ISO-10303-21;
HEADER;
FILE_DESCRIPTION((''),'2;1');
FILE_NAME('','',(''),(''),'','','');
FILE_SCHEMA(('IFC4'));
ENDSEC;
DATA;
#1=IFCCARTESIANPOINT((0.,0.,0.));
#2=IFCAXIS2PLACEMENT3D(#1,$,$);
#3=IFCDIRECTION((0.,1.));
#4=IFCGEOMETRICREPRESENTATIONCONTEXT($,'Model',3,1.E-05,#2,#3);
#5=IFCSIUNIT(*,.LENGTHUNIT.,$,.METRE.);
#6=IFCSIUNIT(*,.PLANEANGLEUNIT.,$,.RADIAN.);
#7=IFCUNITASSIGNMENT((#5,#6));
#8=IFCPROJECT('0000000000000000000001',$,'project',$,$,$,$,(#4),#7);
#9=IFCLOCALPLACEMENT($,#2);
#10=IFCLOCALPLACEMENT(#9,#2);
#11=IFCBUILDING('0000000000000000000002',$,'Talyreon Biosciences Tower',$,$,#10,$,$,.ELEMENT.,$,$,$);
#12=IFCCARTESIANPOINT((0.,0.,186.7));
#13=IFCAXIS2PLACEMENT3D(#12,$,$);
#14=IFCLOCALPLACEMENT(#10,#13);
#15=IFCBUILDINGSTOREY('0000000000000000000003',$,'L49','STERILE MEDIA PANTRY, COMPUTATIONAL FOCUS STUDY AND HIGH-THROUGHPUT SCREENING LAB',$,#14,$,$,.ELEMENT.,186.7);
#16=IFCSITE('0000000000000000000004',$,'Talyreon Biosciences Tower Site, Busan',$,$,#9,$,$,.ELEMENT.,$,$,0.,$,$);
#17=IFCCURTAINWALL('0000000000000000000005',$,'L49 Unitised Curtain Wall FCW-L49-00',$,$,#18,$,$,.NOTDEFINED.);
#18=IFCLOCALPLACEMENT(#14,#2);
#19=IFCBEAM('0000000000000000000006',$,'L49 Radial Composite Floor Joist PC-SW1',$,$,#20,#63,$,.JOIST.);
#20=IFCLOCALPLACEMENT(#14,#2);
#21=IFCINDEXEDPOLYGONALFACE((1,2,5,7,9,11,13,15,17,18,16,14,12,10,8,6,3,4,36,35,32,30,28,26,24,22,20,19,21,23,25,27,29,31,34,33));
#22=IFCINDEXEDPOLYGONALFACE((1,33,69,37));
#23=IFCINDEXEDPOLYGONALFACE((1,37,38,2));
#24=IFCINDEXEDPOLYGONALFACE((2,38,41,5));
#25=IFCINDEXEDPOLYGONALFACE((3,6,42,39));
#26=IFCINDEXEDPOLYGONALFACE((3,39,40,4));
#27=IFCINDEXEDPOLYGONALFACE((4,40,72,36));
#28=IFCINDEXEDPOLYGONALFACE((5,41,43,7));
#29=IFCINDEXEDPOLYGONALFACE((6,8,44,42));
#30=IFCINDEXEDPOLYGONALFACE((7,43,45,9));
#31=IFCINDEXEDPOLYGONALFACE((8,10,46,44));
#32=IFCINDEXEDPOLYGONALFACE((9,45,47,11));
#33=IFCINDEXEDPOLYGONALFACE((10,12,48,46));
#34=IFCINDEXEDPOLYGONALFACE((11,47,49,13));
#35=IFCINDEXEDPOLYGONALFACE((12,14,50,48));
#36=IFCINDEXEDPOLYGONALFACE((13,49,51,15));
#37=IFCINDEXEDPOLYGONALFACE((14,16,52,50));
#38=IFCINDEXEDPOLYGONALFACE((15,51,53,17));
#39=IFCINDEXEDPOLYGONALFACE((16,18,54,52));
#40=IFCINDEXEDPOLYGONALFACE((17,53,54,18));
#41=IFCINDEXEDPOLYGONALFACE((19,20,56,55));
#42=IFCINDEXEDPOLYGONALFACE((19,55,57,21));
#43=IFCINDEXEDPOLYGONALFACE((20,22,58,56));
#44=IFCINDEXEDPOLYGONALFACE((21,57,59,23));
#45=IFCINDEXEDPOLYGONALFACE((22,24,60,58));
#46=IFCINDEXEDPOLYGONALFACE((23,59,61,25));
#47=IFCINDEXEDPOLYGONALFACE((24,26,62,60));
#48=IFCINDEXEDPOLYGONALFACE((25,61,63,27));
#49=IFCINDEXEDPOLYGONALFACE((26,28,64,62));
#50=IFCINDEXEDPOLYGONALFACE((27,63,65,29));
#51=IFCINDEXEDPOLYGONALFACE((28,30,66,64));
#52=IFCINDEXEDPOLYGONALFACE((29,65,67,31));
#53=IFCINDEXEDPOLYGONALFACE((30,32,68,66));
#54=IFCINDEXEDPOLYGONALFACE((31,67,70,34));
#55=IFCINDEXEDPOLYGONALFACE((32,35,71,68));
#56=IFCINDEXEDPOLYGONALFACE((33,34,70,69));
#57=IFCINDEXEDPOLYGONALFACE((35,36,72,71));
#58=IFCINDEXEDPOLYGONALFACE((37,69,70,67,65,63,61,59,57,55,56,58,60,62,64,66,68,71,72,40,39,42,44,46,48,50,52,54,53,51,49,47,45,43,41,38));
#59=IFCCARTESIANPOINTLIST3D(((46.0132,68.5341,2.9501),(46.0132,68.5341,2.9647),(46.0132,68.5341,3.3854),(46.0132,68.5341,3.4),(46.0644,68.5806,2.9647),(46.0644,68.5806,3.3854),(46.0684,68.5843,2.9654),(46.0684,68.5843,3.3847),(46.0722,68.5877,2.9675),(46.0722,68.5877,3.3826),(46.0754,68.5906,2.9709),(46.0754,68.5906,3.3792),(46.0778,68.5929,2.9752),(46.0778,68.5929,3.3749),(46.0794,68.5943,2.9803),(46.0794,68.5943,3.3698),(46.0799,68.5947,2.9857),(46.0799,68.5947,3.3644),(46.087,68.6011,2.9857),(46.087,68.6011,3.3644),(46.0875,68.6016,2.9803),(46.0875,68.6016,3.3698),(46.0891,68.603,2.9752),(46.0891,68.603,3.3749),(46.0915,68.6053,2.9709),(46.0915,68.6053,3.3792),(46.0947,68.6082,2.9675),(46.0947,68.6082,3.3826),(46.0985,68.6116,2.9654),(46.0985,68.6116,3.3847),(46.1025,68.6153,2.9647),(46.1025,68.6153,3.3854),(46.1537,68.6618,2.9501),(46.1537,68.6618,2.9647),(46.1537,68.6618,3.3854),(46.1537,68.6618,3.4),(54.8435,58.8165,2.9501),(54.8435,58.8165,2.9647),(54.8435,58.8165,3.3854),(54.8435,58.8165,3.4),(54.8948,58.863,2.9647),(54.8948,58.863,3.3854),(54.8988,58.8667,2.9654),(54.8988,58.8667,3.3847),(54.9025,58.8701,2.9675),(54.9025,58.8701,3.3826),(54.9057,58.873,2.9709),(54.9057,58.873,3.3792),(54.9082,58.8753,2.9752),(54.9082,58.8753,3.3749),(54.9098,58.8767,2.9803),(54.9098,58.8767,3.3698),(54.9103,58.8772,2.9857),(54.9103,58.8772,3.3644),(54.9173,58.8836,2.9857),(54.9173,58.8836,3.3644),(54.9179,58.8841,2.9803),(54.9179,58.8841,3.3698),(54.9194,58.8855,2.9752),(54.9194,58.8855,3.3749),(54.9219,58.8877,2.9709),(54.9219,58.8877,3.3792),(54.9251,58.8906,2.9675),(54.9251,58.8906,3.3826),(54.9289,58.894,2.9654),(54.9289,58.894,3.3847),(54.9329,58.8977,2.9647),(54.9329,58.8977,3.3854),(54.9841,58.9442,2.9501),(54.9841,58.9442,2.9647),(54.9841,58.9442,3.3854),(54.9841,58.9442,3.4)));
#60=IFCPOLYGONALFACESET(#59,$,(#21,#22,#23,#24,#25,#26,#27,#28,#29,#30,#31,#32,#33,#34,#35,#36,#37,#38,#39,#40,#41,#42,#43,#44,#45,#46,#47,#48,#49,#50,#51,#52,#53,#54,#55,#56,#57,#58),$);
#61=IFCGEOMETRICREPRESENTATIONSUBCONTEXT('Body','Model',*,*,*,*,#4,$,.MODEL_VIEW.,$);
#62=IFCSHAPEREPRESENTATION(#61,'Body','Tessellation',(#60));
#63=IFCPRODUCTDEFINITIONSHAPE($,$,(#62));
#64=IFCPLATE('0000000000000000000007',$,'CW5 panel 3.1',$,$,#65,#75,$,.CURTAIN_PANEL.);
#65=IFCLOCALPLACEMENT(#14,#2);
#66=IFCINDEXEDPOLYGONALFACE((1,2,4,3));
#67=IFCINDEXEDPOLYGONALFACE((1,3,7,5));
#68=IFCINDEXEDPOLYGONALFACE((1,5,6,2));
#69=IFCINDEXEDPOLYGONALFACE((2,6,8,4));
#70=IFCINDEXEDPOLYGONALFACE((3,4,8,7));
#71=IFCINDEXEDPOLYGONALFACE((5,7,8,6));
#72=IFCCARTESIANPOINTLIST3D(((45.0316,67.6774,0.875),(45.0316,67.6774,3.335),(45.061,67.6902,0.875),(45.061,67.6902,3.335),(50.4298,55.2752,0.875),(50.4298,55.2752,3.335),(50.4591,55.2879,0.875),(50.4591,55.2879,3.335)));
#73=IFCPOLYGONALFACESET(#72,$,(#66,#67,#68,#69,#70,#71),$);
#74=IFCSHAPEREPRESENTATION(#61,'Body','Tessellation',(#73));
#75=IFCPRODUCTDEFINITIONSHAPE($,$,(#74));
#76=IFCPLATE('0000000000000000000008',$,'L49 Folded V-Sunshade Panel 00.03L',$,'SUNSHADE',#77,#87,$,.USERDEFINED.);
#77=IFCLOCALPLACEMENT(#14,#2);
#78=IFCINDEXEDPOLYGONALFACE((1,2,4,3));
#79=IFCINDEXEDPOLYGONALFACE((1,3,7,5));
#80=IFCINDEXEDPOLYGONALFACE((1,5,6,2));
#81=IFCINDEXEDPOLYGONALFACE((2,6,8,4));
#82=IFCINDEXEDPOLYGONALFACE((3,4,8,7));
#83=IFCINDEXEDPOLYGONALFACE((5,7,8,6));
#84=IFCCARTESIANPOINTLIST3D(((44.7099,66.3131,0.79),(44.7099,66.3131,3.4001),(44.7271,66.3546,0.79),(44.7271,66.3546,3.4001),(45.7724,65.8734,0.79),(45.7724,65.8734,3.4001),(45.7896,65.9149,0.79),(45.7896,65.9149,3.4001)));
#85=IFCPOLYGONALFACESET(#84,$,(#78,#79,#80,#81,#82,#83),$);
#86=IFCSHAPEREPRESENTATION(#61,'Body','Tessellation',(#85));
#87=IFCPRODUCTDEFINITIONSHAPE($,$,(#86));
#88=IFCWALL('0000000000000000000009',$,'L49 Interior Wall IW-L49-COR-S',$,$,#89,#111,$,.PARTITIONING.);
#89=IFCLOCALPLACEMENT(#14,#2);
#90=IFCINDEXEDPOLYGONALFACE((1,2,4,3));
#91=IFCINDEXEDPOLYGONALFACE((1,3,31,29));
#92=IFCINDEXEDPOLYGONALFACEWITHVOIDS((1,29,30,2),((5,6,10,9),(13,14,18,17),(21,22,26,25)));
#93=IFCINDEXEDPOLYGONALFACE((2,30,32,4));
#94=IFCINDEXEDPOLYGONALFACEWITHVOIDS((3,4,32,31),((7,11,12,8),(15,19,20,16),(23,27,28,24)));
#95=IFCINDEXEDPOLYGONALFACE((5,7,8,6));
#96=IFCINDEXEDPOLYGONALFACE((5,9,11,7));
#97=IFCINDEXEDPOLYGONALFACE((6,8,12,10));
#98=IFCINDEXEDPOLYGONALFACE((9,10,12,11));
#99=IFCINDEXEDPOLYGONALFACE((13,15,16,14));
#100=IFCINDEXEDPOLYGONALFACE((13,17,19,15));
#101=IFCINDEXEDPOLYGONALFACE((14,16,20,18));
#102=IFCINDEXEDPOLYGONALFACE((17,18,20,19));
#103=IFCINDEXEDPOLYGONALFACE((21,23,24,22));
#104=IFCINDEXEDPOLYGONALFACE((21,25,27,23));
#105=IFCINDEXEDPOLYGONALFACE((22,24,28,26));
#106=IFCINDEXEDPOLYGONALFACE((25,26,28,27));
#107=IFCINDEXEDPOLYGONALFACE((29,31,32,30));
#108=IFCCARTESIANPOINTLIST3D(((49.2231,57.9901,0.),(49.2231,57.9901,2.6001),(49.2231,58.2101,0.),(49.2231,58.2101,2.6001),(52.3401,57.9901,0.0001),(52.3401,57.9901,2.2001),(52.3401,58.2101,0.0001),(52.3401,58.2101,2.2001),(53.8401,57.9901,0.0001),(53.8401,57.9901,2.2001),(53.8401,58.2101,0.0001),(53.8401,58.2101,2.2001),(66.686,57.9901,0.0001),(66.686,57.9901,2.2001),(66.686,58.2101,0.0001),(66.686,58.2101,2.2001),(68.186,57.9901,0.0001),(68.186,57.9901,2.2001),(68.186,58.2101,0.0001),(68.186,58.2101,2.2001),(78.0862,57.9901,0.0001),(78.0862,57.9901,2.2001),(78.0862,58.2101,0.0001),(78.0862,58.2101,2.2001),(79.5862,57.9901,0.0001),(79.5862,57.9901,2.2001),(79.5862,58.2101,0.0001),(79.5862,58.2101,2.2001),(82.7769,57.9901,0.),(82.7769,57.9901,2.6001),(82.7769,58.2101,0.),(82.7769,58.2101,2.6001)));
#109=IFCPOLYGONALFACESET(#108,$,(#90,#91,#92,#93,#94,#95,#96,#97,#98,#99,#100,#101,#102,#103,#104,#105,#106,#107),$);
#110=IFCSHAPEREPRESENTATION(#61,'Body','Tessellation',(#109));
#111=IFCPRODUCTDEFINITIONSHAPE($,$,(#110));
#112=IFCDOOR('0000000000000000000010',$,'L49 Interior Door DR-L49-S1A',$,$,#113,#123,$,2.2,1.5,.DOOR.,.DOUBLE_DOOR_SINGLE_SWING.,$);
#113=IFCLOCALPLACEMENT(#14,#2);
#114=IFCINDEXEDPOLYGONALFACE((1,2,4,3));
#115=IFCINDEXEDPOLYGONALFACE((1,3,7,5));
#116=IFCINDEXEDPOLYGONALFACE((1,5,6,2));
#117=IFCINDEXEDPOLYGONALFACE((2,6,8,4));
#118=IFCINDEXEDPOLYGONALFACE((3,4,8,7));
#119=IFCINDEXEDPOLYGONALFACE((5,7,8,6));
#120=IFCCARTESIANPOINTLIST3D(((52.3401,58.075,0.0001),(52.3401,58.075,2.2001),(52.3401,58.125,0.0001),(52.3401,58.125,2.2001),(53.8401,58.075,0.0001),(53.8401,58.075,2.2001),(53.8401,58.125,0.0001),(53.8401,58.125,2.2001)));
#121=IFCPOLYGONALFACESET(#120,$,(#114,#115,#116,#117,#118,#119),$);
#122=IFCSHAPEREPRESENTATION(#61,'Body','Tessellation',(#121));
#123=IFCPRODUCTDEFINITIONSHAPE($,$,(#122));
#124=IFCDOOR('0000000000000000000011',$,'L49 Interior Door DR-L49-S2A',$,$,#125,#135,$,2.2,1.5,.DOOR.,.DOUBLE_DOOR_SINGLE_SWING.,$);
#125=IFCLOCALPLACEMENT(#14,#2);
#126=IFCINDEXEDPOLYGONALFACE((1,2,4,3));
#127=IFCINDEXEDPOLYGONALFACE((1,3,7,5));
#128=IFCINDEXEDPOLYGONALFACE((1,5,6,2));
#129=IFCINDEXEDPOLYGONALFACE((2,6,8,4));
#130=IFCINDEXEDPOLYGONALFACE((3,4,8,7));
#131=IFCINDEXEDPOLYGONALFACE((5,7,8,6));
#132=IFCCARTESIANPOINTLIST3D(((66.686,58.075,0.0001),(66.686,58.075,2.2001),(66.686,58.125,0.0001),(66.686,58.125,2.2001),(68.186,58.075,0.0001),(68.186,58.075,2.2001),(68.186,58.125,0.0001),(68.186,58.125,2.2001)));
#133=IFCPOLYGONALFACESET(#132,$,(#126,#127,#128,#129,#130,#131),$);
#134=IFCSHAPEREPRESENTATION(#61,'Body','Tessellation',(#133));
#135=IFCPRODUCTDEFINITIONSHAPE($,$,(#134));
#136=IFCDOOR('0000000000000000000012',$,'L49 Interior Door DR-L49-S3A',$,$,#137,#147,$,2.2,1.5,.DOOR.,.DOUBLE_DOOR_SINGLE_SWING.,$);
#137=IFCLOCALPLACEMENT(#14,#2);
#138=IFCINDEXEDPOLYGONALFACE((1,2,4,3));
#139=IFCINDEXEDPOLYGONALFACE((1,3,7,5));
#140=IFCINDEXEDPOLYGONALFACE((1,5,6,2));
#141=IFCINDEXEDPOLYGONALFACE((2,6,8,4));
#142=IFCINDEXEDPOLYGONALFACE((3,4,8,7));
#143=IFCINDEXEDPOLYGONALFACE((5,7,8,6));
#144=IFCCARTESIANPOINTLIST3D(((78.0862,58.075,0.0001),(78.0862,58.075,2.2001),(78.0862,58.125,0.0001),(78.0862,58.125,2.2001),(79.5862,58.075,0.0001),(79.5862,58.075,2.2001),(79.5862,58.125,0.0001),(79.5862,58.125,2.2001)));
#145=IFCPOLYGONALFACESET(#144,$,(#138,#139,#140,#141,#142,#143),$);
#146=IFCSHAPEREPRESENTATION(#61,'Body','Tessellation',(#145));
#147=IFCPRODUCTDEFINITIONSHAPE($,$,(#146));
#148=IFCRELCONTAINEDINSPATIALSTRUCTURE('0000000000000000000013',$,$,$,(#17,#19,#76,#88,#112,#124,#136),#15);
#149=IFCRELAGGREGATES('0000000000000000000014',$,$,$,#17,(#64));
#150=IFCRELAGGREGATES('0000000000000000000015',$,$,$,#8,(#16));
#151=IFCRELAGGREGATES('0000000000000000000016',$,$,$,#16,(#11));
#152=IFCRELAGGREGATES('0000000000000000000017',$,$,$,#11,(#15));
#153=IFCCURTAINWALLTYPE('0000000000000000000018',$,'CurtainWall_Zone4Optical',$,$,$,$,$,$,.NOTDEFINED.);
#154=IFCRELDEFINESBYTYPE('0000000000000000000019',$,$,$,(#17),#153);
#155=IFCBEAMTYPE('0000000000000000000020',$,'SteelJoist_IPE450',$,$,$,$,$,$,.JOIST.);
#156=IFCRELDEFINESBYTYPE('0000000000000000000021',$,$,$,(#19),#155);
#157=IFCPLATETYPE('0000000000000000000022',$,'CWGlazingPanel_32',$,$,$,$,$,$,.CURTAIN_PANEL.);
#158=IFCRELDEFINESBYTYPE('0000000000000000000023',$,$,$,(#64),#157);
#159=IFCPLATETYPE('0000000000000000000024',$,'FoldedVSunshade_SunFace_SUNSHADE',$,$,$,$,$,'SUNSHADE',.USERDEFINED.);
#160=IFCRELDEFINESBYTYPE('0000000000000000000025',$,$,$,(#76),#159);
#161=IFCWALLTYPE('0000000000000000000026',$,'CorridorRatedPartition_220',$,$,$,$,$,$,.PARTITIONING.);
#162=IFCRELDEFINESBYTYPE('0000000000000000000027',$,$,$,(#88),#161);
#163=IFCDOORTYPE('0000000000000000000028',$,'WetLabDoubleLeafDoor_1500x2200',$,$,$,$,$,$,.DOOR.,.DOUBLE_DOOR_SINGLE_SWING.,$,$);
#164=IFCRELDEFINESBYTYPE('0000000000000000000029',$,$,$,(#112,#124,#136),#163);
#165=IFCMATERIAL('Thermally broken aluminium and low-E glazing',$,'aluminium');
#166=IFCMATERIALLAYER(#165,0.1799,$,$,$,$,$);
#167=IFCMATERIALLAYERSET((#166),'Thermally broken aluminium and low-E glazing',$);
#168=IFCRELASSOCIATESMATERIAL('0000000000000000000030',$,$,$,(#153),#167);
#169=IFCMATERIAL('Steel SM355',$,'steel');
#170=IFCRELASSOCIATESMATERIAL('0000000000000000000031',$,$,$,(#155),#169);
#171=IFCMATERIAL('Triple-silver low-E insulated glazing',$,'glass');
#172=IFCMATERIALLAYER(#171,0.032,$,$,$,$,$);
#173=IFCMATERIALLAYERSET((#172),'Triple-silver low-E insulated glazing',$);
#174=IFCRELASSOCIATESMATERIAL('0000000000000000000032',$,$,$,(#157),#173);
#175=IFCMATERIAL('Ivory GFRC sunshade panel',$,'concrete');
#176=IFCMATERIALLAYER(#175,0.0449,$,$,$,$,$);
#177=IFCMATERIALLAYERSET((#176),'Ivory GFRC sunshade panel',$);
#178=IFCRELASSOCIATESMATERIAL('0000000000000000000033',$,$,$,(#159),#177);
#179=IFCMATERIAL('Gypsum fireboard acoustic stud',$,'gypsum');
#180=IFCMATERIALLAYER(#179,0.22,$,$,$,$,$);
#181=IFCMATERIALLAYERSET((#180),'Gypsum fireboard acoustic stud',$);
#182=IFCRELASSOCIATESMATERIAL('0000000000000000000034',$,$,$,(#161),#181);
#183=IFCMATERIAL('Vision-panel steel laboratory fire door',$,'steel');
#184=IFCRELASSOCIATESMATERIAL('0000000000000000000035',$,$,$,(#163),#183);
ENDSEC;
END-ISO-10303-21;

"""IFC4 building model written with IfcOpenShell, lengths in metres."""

from ifc_helpers import new_model, si_unit, direction, frame, frame_2d, origin, origin_2d, place, context, subcontext, project, spatial, rectangle, i_section, extrude, material, layer, layer_set, material_profile, profile_set, type_object, element, fill, aggregate, save


model = new_model("IFC4")

# Units and contexts
model_context = context("Model", 3, precision=1e-05, world=origin(), true_north=direction((0.0, 1.0)))
body_context = subcontext(model_context, "Body", "Model", "MODEL_VIEW")
ifc_project = project(units=[si_unit("LENGTHUNIT", "METRE"), si_unit("PLANEANGLEUNIT", "RADIAN")], contexts=[model_context])

# Site, building, storey
site_placement = place(None, origin())
site = spatial("IfcSite", under=ifc_project, at=site_placement, Name="Talyreon Biosciences Tower Site, Busan", CompositionType="ELEMENT", RefElevation=0.0)
building_placement = place(site_placement, origin())
building = spatial("IfcBuilding", under=site, at=building_placement, Name="Talyreon Biosciences Tower", CompositionType="ELEMENT")
storey_placement = place(building_placement, frame((0.0, 0.0, 186.7)))
storey = spatial("IfcBuildingStorey", under=building, at=storey_placement, Name="L49", Description="STERILE MEDIA PANTRY, COMPUTATIONAL FOCUS STUDY AND HIGH-THROUGHPUT SCREENING LAB", CompositionType="ELEMENT", Elevation=186.7)

# Curtain wall
ifc_material_1 = material(Name="Thermally broken aluminium and low-E glazing", Category="aluminium")
ifc_layer_1 = layer(ifc_material_1, 0.1799)
ifc_layer_set_1 = layer_set([ifc_layer_1], Name="Thermally broken aluminium and low-E glazing")
curtain_wall_type = type_object("IfcCurtainWallType", Name="CurtainWall_Zone4Optical", PredefinedType="NOTDEFINED", material=ifc_layer_set_1)
curtain_wall_placement = place(storey_placement, origin())
curtain_wall = element("IfcCurtainWall", 1, at=curtain_wall_placement, inside=storey, type_object=curtain_wall_type, Name="L49 Unitised Curtain Wall FCW-L49-00", PredefinedType="NOTDEFINED")

# Beam
ifc_material_2 = material(Name="Steel SM355", Category="steel")
ifc_material_profile_1 = material_profile(ifc_material_2, i_section(OverallWidth=0.1899, OverallDepth=0.45, WebThickness=0.0095, FlangeThickness=0.0146, FilletRadius=0.021, at=origin_2d()), Name="IPE450")
ifc_profile_set_1 = profile_set([ifc_material_profile_1], Name="Steel SM355")
beam_type_1 = type_object("IfcBeamType", Name="SteelJoist_IPE450", PredefinedType="JOIST", material=ifc_profile_set_1)
beam_1_placement = place(storey_placement, frame((54.9138, 58.8804, 3.175), z_axis=(-0.672515, 0.740084, 0.0), x_axis=(-0.740084, -0.672515, 0.0)))
element("IfcBeam", 2, at=beam_1_placement, inside=storey, type_object=beam_type_1, Name="L49 Radial Composite Floor Joist PC-SW1", PredefinedType="JOIST", context=body_context, shape_type="SweptSolid", body=[
    extrude(i_section(OverallWidth=0.1899, OverallDepth=0.45, WebThickness=0.0095, FlangeThickness=0.0146, FilletRadius=0.021, at=origin_2d()), origin(), (0.0, 0.0, 1.0), 13.1304),
])

# Plates
ifc_material_3 = material(Name="Triple-silver low-E insulated glazing", Category="glass")
ifc_layer_2 = layer(ifc_material_3, 0.032)
ifc_layer_set_2 = layer_set([ifc_layer_2], Name="Triple-silver low-E insulated glazing")
plate_type_1 = type_object("IfcPlateType", Name="CWGlazingPanel_32", PredefinedType="CURTAIN_PANEL", material=ifc_layer_set_2)
plate_1_placement = place(storey_placement, frame((47.7454, 61.4827, 0.875), z_axis=(0.0, 0.0, 1.0), x_axis=(-0.399089, 0.916912, 0.0)))
plate_1 = element("IfcPlate", 3, at=plate_1_placement, type_object=plate_type_1, Name="CW5 panel 3.1", PredefinedType="CURTAIN_PANEL", context=body_context, shape_type="SweptSolid", body=[
    extrude(rectangle(XDim=13.5261, YDim=0.032, at=origin_2d()), origin(), (0.0, 0.0, 1.0), 2.46),
])
aggregate(curtain_wall, [plate_1])
ifc_material_4 = material(Name="Ivory GFRC sunshade panel", Category="concrete")
ifc_layer_3 = layer(ifc_material_4, 0.0449)
ifc_layer_set_3 = layer_set([ifc_layer_3], Name="Ivory GFRC sunshade panel")
plate_type_2 = type_object("IfcPlateType", Name="FoldedVSunshade_SunFace_SUNSHADE", ElementType="SUNSHADE", PredefinedType="USERDEFINED", material=ifc_layer_set_3)
plate_2_placement = place(storey_placement, frame((45.2498, 66.114, 0.79), z_axis=(0.0, 0.0, 1.0), x_axis=(-0.92402, 0.382345, 0.0)))
element("IfcPlate", 4, at=plate_2_placement, inside=storey, type_object=plate_type_2, Name="L49 Folded V-Sunshade Panel 00.03L", ObjectType="SUNSHADE", PredefinedType="USERDEFINED", context=body_context, shape_type="SweptSolid", body=[
    extrude(rectangle(XDim=1.1499, YDim=0.0449, at=origin_2d()), origin(), (0.0, 0.0, 1.0), 2.6101),
])

# Wall, openings, doors
ifc_material_5 = material(Name="Gypsum fireboard acoustic stud", Category="gypsum")
ifc_layer_4 = layer(ifc_material_5, 0.22)
ifc_layer_set_4 = layer_set([ifc_layer_4], Name="Gypsum fireboard acoustic stud")
wall_type = type_object("IfcWallType", Name="CorridorRatedPartition_220", PredefinedType="PARTITIONING", material=ifc_layer_set_4)
wall_placement = place(storey_placement, frame((49.2231, 58.1001, 0.0), z_axis=(0.0, 0.0, 1.0), x_axis=(1.0, 0.0, 0.0)))
wall = element("IfcWall", 5, at=wall_placement, inside=storey, type_object=wall_type, Name="L49 Interior Wall IW-L49-COR-S", PredefinedType="PARTITIONING", context=body_context, shape_type="SweptSolid", body=[
    extrude(rectangle(XDim=33.5537, YDim=0.22, at=frame_2d((16.7769, 0.0))), origin(), (0.0, 0.0, 1.0), 2.6001),
])
opening_1_placement = place(wall_placement, frame((3.1169, 0.0, 0.0)))
opening_1 = element("IfcOpeningElement", 6, at=opening_1_placement, cuts=wall, PredefinedType="OPENING", context=body_context, shape_type="SweptSolid", body=[
    extrude(rectangle(XDim=1.5, YDim=2.2, at=frame_2d((0.75, 1.1001))), frame((0.0, 0.1199, 0.0), z_axis=(0.0, -1.0, 0.0), x_axis=(1.0, 0.0, 0.0)), (0.0, 0.0, 1.0), 0.24),
])
opening_2_placement = place(wall_placement, frame((17.4629, 0.0, 0.0)))
opening_2 = element("IfcOpeningElement", 7, at=opening_2_placement, cuts=wall, PredefinedType="OPENING", context=body_context, shape_type="SweptSolid", body=[
    extrude(rectangle(XDim=1.5, YDim=2.2, at=frame_2d((0.75, 1.1001))), frame((0.0, 0.1199, 0.0), z_axis=(0.0, -1.0, 0.0), x_axis=(1.0, 0.0, 0.0)), (0.0, 0.0, 1.0), 0.24),
])
opening_3_placement = place(wall_placement, frame((28.863, 0.0, 0.0)))
opening_3 = element("IfcOpeningElement", 8, at=opening_3_placement, cuts=wall, PredefinedType="OPENING", context=body_context, shape_type="SweptSolid", body=[
    extrude(rectangle(XDim=1.5, YDim=2.2, at=frame_2d((0.75, 1.1001))), frame((0.0, 0.1199, 0.0), z_axis=(0.0, -1.0, 0.0), x_axis=(1.0, 0.0, 0.0)), (0.0, 0.0, 1.0), 0.24),
])
ifc_material_6 = material(Name="Vision-panel steel laboratory fire door", Category="steel")
door_type = type_object("IfcDoorType", Name="WetLabDoubleLeafDoor_1500x2200", OperationType="DOUBLE_DOOR_SINGLE_SWING", PredefinedType="DOOR", material=ifc_material_6)
door_1_placement = place(opening_1_placement, origin())
door_1 = element("IfcDoor", 9, at=door_1_placement, inside=storey, type_object=door_type, Name="L49 Interior Door DR-L49-S1A", OperationType="DOUBLE_DOOR_SINGLE_SWING", OverallHeight=2.2, OverallWidth=1.5, PredefinedType="DOOR", context=body_context, shape_type="SweptSolid", body=[
    extrude(rectangle(XDim=1.5, YDim=2.2, at=frame_2d((0.75, 1.1001))), frame((0.0, 0.0249, 0.0), z_axis=(0.0, -1.0, 0.0), x_axis=(1.0, 0.0, 0.0)), (0.0, 0.0, 1.0), 0.05),
])
fill(opening_1, door_1)
door_2_placement = place(opening_2_placement, origin())
door_2 = element("IfcDoor", 10, at=door_2_placement, inside=storey, type_object=door_type, Name="L49 Interior Door DR-L49-S2A", OperationType="DOUBLE_DOOR_SINGLE_SWING", OverallHeight=2.2, OverallWidth=1.5, PredefinedType="DOOR", context=body_context, shape_type="SweptSolid", body=[
    extrude(rectangle(XDim=1.5, YDim=2.2, at=frame_2d((0.75, 1.1001))), frame((0.0, 0.0249, 0.0), z_axis=(0.0, -1.0, 0.0), x_axis=(1.0, 0.0, 0.0)), (0.0, 0.0, 1.0), 0.05),
])
fill(opening_2, door_2)
door_3_placement = place(opening_3_placement, origin())
door_3 = element("IfcDoor", 11, at=door_3_placement, inside=storey, type_object=door_type, Name="L49 Interior Door DR-L49-S3A", OperationType="DOUBLE_DOOR_SINGLE_SWING", OverallHeight=2.2, OverallWidth=1.5, PredefinedType="DOOR", context=body_context, shape_type="SweptSolid", body=[
    extrude(rectangle(XDim=1.5, YDim=2.2, at=frame_2d((0.75, 1.1001))), frame((0.0, 0.0249, 0.0), z_axis=(0.0, -1.0, 0.0), x_axis=(1.0, 0.0, 0.0)), (0.0, 0.0, 1.0), 0.05),
])
fill(opening_3, door_3)

save(model, "model.ifc")
